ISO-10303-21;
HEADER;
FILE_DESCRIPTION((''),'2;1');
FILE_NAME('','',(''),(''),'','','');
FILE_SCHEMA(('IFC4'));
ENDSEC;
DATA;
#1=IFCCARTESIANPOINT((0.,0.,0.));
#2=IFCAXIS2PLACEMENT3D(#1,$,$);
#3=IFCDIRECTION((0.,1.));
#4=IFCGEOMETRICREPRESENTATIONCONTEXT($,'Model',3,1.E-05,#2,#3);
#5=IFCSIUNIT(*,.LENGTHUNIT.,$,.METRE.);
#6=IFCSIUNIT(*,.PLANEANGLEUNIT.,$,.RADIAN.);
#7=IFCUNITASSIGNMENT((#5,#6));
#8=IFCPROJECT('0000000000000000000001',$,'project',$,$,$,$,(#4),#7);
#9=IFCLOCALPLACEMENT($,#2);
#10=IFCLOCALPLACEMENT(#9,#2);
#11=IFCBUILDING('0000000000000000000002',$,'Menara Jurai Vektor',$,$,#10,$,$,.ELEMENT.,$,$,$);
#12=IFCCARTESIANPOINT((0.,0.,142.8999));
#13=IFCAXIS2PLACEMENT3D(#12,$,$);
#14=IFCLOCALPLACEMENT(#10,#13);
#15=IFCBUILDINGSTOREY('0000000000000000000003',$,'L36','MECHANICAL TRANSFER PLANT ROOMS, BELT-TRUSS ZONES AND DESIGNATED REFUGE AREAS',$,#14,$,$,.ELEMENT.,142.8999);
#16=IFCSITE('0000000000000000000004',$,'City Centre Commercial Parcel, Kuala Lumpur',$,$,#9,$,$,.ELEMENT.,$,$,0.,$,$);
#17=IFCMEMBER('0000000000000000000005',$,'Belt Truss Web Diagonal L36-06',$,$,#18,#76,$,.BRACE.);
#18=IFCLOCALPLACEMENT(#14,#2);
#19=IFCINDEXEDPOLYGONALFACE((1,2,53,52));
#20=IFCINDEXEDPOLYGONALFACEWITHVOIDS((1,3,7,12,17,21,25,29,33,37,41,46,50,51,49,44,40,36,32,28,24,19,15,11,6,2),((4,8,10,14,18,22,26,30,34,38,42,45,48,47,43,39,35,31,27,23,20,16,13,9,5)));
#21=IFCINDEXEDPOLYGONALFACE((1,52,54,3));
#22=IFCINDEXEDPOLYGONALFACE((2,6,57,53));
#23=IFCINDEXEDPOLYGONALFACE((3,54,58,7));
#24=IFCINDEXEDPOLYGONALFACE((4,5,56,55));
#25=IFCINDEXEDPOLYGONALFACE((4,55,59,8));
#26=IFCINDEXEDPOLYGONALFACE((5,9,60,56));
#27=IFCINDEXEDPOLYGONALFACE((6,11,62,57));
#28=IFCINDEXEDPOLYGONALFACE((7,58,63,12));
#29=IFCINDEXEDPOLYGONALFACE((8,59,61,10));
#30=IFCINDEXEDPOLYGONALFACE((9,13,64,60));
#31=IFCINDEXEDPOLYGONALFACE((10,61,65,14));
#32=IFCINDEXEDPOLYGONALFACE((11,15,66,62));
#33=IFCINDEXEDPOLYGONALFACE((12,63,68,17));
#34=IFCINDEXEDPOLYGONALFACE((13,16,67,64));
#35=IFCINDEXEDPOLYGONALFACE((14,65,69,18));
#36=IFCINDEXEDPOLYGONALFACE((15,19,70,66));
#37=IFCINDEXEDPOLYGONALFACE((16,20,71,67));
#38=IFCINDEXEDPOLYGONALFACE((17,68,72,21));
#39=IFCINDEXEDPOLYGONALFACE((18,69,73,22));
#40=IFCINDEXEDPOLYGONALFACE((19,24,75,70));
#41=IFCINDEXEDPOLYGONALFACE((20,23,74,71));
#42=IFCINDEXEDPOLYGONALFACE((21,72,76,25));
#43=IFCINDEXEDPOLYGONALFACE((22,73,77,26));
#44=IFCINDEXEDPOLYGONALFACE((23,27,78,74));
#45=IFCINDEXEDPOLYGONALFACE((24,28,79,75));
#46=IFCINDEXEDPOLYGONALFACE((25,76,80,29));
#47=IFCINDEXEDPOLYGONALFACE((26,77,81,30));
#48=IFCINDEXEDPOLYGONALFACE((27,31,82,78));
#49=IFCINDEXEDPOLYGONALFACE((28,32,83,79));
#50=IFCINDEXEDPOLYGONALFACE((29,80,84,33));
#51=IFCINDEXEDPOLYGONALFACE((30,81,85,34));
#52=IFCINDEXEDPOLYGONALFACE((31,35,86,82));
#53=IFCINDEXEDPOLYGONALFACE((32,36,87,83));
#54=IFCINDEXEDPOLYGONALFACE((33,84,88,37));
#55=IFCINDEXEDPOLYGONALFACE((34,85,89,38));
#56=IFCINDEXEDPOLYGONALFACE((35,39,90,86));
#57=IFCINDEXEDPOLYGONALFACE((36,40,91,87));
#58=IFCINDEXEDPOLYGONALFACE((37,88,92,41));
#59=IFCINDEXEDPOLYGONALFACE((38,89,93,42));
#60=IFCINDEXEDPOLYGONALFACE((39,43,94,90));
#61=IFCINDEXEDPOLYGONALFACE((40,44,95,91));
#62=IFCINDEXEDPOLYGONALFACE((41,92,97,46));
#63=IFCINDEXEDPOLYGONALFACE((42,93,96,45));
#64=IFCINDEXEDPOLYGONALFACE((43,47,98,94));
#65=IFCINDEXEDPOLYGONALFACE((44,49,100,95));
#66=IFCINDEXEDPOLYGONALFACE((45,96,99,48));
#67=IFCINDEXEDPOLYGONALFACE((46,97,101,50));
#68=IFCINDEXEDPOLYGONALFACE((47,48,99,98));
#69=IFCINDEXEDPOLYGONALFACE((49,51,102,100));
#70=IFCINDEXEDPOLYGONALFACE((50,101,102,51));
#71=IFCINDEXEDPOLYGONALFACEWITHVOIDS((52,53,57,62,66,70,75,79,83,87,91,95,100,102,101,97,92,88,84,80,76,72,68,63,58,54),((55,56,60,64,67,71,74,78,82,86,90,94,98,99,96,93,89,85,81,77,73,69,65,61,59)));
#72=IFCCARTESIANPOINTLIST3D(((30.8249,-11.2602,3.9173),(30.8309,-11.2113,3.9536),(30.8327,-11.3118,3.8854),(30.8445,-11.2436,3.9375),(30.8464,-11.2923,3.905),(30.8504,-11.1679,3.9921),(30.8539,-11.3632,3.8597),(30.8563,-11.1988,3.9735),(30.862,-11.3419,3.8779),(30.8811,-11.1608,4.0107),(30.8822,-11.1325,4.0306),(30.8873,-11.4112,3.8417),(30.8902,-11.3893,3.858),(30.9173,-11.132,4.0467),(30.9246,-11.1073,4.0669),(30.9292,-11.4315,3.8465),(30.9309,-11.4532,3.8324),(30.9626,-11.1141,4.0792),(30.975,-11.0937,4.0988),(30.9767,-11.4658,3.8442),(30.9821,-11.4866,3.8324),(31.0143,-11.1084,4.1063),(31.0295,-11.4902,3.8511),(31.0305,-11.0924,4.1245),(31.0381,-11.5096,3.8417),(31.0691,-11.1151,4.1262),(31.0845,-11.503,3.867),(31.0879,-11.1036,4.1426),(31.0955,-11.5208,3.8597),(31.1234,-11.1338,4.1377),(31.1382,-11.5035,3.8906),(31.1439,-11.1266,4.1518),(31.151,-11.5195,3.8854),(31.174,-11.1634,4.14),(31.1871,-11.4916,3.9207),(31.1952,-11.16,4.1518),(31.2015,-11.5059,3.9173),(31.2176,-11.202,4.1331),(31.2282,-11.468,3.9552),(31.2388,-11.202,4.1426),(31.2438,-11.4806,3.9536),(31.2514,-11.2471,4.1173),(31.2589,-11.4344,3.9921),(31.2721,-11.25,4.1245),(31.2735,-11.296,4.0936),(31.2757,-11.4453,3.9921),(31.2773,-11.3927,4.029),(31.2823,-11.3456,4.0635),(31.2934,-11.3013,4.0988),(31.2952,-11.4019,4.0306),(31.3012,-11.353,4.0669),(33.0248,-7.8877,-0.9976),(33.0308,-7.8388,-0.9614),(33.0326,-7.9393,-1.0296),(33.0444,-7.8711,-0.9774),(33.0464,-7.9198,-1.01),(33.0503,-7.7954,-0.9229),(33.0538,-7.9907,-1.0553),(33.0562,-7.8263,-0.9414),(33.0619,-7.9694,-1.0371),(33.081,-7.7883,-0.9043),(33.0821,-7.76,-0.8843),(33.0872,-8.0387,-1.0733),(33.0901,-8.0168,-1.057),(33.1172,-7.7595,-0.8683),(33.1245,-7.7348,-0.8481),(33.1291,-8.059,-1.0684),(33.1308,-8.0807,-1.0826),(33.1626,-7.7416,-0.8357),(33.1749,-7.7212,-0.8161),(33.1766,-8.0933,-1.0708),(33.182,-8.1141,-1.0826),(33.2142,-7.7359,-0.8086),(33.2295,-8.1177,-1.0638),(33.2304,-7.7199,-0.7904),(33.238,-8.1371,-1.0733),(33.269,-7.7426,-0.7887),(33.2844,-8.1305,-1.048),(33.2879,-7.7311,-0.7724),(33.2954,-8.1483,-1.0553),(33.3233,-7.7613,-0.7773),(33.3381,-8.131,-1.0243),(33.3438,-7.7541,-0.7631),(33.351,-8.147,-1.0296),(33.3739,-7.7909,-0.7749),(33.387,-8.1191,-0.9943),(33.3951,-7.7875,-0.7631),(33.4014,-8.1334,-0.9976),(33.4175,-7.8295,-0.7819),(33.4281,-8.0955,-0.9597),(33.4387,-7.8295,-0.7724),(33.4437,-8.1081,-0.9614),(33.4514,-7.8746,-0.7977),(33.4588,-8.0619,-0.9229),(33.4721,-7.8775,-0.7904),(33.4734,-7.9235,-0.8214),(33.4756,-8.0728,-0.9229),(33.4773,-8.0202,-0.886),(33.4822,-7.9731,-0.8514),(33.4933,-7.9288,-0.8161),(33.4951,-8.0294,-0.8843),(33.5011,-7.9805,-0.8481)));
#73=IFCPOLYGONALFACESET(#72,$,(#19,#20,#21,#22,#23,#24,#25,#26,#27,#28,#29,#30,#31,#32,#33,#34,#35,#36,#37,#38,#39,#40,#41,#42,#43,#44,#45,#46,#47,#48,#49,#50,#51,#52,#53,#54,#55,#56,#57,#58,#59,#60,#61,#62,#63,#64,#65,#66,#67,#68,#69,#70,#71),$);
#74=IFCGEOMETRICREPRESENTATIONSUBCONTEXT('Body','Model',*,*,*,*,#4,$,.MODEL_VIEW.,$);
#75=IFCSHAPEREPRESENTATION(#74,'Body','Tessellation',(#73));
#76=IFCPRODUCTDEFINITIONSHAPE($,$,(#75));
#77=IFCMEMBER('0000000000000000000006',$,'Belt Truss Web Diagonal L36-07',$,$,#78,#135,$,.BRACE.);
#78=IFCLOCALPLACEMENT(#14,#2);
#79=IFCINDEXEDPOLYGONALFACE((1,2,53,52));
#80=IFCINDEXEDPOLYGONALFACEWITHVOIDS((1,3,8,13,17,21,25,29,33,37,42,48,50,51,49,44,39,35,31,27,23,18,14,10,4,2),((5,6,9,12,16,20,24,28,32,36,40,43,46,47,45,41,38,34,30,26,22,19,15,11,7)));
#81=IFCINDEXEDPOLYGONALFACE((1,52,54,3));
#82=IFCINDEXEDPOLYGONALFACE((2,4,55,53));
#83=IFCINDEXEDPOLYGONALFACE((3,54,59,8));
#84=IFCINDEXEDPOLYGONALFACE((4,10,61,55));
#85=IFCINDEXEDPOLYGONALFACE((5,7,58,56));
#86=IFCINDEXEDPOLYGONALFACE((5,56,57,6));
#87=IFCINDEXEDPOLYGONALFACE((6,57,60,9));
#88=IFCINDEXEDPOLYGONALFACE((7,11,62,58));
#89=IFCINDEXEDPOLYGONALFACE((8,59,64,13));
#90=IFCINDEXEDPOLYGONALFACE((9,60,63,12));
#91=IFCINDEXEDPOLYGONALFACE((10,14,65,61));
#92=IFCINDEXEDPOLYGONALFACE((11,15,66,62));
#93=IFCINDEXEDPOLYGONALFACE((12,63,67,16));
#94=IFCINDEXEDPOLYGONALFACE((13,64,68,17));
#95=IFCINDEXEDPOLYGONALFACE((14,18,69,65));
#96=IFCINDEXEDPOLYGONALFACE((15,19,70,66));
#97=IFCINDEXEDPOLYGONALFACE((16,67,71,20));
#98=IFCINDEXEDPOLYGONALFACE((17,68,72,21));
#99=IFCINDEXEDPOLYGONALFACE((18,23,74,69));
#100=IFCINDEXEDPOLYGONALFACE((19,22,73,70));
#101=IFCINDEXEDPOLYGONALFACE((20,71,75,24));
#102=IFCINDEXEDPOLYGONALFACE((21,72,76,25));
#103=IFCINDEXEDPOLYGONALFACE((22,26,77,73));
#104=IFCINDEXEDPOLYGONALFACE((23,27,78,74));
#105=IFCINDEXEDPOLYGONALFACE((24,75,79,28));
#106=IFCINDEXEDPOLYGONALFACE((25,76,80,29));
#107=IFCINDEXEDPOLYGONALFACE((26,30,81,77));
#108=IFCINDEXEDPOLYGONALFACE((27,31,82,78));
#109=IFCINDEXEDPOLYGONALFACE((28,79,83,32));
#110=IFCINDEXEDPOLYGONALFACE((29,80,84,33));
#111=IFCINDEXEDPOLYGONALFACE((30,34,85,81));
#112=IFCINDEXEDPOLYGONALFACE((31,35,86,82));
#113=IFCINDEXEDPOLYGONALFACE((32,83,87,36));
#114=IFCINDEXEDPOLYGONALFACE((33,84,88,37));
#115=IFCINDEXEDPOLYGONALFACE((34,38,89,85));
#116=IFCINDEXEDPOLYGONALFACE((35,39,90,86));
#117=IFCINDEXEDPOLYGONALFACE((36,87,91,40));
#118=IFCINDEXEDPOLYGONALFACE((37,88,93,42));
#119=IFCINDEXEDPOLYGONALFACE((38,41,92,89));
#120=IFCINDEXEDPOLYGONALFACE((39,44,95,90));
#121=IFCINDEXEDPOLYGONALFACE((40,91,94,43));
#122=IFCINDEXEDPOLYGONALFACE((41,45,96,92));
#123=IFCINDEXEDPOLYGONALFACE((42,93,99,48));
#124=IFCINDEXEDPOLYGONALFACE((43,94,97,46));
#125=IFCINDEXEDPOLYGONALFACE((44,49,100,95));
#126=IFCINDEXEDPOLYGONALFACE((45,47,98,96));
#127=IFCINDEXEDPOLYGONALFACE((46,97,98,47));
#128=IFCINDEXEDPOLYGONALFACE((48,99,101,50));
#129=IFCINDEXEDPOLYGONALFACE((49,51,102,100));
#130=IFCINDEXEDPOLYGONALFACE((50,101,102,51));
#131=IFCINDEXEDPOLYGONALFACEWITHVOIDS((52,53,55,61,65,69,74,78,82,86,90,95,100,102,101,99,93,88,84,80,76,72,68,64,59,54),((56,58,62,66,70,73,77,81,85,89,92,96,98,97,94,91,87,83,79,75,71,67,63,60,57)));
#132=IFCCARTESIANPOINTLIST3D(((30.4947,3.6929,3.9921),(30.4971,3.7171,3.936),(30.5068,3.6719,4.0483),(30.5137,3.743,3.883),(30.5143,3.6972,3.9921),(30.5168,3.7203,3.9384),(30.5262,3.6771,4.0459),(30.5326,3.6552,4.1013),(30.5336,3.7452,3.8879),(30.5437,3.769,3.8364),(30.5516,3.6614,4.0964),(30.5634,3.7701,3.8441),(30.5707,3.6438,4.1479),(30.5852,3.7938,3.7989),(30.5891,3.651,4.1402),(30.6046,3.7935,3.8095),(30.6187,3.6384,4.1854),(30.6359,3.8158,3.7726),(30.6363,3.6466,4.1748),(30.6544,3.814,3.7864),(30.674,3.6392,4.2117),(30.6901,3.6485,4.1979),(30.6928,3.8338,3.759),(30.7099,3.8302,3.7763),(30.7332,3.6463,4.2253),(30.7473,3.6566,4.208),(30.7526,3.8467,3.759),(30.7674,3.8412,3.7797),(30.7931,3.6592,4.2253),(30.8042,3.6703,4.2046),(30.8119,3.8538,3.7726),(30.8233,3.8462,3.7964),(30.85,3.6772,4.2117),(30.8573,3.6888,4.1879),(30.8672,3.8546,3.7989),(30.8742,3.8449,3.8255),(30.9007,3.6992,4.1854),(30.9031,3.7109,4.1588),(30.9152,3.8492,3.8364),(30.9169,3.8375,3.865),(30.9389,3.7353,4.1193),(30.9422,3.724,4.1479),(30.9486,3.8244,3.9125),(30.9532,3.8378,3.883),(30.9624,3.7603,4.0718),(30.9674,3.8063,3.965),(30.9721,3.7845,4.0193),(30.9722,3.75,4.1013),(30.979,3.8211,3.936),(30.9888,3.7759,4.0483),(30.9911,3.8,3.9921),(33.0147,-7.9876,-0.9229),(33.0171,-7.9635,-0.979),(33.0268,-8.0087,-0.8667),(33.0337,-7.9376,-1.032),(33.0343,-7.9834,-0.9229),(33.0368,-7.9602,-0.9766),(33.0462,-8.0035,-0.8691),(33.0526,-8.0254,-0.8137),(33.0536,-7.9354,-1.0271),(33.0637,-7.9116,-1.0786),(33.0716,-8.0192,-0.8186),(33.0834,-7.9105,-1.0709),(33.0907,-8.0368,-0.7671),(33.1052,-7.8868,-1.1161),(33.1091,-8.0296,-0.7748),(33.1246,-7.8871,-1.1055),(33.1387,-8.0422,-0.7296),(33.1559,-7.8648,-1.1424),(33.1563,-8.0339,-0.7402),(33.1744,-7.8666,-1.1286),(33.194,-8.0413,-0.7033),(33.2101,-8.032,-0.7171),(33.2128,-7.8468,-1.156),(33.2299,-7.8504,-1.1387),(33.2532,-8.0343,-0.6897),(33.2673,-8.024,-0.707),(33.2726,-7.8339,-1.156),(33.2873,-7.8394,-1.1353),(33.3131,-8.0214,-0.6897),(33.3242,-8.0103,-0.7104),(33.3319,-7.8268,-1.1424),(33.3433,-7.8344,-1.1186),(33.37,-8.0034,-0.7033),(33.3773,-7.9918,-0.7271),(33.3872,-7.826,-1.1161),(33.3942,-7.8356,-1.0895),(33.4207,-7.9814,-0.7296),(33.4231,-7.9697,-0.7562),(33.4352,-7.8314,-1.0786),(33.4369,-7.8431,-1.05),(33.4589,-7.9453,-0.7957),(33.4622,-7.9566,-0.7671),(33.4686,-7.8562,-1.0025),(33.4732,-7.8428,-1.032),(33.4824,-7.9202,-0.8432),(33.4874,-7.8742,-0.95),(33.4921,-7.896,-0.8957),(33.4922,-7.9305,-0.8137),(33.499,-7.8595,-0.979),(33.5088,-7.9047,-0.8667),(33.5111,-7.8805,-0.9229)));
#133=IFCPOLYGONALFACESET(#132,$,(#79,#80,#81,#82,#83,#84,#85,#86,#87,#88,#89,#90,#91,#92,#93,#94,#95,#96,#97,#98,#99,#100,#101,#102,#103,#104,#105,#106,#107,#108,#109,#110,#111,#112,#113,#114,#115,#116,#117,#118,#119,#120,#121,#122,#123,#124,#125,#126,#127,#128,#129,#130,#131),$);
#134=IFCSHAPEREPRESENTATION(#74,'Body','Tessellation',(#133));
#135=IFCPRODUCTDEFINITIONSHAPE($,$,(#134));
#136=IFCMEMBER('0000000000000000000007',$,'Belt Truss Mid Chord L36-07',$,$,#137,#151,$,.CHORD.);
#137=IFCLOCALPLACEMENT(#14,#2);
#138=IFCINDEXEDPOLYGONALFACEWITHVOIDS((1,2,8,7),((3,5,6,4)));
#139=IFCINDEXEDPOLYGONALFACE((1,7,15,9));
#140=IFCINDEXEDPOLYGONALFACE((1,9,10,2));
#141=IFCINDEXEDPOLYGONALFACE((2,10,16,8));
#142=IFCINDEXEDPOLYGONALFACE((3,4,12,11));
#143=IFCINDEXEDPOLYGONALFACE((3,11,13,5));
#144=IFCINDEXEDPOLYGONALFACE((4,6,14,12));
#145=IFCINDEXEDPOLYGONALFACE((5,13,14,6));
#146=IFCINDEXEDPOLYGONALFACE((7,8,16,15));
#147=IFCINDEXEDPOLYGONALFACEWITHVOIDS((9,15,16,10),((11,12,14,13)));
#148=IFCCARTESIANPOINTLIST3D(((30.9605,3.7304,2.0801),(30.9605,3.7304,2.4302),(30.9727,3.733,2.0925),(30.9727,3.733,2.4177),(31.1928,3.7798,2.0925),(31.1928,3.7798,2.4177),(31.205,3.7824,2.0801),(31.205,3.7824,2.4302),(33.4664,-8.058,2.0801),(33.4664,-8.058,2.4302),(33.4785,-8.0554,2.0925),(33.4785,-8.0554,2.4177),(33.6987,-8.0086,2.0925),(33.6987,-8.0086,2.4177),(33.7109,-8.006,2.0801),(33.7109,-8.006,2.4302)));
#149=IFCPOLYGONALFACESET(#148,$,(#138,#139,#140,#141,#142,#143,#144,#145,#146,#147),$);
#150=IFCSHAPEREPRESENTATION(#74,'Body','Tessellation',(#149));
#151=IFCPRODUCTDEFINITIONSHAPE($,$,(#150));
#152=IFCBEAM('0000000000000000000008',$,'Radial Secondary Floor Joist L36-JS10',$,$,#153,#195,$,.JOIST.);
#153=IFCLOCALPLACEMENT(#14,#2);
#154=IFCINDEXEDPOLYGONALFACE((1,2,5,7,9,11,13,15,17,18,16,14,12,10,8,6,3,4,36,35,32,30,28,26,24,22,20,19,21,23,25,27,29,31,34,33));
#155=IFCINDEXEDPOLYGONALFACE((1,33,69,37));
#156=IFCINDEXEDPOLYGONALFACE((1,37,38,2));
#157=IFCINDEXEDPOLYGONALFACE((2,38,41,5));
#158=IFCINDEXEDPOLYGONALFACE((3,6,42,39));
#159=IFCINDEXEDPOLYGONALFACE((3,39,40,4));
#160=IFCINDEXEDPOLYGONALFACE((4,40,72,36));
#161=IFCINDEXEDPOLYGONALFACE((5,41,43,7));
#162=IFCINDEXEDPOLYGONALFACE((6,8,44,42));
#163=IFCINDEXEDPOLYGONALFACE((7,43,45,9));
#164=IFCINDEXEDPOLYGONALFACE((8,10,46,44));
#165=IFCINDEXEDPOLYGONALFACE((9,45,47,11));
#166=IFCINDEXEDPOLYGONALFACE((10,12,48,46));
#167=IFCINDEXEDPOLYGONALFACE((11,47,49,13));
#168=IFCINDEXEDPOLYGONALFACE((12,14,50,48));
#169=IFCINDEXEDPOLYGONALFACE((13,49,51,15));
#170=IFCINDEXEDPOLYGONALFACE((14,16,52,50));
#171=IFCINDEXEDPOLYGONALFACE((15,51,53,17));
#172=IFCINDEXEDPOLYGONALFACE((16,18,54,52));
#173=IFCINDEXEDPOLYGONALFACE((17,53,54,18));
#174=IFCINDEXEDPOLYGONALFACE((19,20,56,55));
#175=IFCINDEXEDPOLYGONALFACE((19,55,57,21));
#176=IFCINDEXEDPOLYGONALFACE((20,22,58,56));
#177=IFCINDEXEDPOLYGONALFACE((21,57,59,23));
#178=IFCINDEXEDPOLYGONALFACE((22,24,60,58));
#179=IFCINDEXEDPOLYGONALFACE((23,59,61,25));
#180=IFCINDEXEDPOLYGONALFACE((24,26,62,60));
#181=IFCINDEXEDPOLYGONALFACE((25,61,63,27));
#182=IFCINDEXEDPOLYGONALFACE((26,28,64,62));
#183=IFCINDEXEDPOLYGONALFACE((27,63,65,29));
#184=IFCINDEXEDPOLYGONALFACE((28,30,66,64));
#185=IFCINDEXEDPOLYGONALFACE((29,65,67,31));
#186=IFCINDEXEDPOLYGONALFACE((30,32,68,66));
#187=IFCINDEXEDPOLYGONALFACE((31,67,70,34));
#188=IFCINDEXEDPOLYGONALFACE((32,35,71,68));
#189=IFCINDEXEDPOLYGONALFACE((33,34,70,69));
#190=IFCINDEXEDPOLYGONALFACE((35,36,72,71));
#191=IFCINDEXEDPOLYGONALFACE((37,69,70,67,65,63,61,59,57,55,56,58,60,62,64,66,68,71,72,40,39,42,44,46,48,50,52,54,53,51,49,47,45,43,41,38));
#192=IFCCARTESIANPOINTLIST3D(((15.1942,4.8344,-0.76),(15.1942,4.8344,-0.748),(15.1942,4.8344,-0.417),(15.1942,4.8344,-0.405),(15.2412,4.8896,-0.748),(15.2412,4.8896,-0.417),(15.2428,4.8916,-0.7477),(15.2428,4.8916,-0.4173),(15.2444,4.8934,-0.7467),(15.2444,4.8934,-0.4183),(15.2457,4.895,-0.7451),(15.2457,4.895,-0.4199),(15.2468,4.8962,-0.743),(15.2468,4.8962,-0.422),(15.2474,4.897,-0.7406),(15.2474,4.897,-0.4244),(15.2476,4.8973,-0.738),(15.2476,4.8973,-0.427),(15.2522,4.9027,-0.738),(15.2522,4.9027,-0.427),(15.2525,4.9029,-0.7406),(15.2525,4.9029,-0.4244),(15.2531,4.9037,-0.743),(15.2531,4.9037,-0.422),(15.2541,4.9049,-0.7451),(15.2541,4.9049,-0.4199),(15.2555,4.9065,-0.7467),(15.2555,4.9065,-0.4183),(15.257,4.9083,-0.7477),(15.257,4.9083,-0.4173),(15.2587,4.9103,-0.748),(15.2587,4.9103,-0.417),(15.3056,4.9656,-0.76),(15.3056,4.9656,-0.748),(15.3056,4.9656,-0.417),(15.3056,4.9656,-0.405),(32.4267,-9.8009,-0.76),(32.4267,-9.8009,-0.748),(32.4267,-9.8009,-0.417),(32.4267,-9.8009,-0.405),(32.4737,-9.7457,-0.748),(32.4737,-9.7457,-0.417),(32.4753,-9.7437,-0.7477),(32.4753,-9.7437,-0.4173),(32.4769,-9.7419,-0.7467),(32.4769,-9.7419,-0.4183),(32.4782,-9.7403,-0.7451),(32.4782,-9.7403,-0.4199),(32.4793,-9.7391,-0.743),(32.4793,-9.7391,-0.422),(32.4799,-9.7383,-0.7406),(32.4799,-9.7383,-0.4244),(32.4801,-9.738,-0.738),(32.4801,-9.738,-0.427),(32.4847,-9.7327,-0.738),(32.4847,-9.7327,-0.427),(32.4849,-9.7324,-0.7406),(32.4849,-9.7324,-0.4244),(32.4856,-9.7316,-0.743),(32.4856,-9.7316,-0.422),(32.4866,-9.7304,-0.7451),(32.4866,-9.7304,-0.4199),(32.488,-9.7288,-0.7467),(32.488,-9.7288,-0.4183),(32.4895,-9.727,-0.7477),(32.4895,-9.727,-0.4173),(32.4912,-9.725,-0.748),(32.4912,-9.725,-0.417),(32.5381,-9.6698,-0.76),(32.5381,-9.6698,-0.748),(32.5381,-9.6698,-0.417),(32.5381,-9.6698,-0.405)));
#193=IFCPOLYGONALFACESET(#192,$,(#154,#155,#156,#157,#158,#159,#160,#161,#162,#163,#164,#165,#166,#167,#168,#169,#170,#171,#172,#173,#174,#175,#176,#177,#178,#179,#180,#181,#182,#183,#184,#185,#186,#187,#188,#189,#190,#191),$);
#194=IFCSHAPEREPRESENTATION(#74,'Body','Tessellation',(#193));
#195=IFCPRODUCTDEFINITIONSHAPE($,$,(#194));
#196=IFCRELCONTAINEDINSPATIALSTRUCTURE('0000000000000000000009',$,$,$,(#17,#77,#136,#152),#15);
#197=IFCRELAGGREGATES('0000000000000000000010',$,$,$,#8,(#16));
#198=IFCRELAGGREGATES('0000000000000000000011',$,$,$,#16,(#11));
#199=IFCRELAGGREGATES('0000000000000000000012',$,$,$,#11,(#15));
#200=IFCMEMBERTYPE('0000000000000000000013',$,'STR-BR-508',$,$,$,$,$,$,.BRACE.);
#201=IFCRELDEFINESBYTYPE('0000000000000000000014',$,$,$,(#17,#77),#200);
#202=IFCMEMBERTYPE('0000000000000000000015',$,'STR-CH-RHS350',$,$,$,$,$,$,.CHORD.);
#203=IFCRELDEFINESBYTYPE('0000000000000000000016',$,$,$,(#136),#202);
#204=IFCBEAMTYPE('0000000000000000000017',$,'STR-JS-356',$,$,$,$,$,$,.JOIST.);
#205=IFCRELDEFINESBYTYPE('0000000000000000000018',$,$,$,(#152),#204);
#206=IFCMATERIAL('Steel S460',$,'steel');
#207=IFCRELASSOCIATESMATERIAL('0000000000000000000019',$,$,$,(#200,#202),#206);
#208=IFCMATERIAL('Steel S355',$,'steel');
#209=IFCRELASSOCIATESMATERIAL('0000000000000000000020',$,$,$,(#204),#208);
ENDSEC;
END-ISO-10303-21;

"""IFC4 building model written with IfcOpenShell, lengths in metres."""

from ifc_helpers import new_model, si_unit, direction, frame, origin, origin_2d, place, context, subcontext, project, spatial, hollow_rectangle, hollow_circle, i_section, extrude, material, material_profile, profile_set, type_object, element, save


model = new_model("IFC4")

# Units and contexts
model_context = context("Model", 3, precision=1e-05, world=origin(), true_north=direction((0.0, 1.0)))
body_context = subcontext(model_context, "Body", "Model", "MODEL_VIEW")
ifc_project = project(units=[si_unit("LENGTHUNIT", "METRE"), si_unit("PLANEANGLEUNIT", "RADIAN")], contexts=[model_context])

# Site, building, storey
site_placement = place(None, origin())
site = spatial("IfcSite", under=ifc_project, at=site_placement, Name="City Centre Commercial Parcel, Kuala Lumpur", CompositionType="ELEMENT", RefElevation=0.0)
building_placement = place(site_placement, origin())
building = spatial("IfcBuilding", under=site, at=building_placement, Name="Menara Jurai Vektor", CompositionType="ELEMENT")
storey_placement = place(building_placement, frame((0.0, 0.0, 142.8999)))
storey = spatial("IfcBuildingStorey", under=building, at=storey_placement, Name="L36", Description="MECHANICAL TRANSFER PLANT ROOMS, BELT-TRUSS ZONES AND DESIGNATED REFUGE AREAS", CompositionType="ELEMENT", Elevation=142.8999)

# Shared definitions
ifc_material_1 = material(Name="Steel S460", Category="steel")

# Shared definitions
ifc_material_2 = material(Name="Steel S355", Category="steel")

# Members
ifc_material_profile_1 = material_profile(ifc_material_1, hollow_circle(Radius=0.2539, WallThickness=0.02, at=origin_2d()), Name="CHS 508x20")
ifc_profile_set_1 = profile_set([ifc_material_profile_1], Name="Steel S460")
member_type_1 = type_object("IfcMemberType", Name="STR-BR-508", PredefinedType="BRACE", material=ifc_profile_set_1)
member_1_placement = place(storey_placement, frame((33.2629, -7.9341, -0.9229), z_axis=(-0.346238, -0.530789, 0.773552), x_axis=(0.837559, -0.546347, 0.0)))
element("IfcMember", 1, at=member_1_placement, inside=storey, type_object=member_type_1, Name="Belt Truss Web Diagonal L36-06", PredefinedType="BRACE", context=body_context, shape_type="SweptSolid", body=[
    extrude(hollow_circle(Radius=0.2539, WallThickness=0.02, at=origin_2d()), origin(), (0.0, 0.0, 1.0), 6.3538),
])
member_2_placement = place(storey_placement, frame((33.2629, -7.9341, -0.9229), z_axis=(-0.195036, 0.904023, 0.380399), x_axis=(-0.97751, -0.210891, 0.0)))
element("IfcMember", 2, at=member_2_placement, inside=storey, type_object=member_type_1, Name="Belt Truss Web Diagonal L36-07", PredefinedType="BRACE", context=body_context, shape_type="SweptSolid", body=[
    extrude(hollow_circle(Radius=0.2539, WallThickness=0.02, at=origin_2d()), origin(), (0.0, 0.0, 1.0), 12.9207),
])
ifc_material_profile_2 = material_profile(ifc_material_1, hollow_rectangle(XDim=0.25, YDim=0.3501, WallThickness=0.0125, at=origin_2d()), Name="RHS 350x250x12.5")
ifc_profile_set_2 = profile_set([ifc_material_profile_2], Name="Steel S460")
member_type_2 = type_object("IfcMemberType", Name="STR-CH-RHS350", PredefinedType="CHORD", material=ifc_profile_set_2)
member_3_placement = place(storey_placement, frame((33.5886, -8.032, 2.2551), z_axis=(-0.207925, 0.978145, 0.0), x_axis=(-0.978145, -0.207925, 0.0)))
element("IfcMember", 3, at=member_3_placement, inside=storey, type_object=member_type_2, Name="Belt Truss Mid Chord L36-07", PredefinedType="CHORD", context=body_context, shape_type="SweptSolid", body=[
    extrude(hollow_rectangle(XDim=0.25, YDim=0.3501, WallThickness=0.0125, at=origin_2d()), origin(), (0.0, 0.0, 1.0), 12.0518),
])

# Beam
ifc_material_profile_3 = material_profile(ifc_material_2, i_section(OverallWidth=0.1721, OverallDepth=0.355, WebThickness=0.0071, FlangeThickness=0.012, FilletRadius=0.01, at=origin_2d()), Name="UKB 356x171x51")
ifc_profile_set_3 = profile_set([ifc_material_profile_3], Name="Steel S355")
beam_type_1 = type_object("IfcBeamType", Name="STR-JS-356", PredefinedType="JOIST", material=ifc_profile_set_3)
beam_1_placement = place(storey_placement, frame((32.4824, -9.7354, -0.5825), z_axis=(-0.762208, 0.647332, 0.0), x_axis=(-0.647332, -0.762208, 0.0)))
element("IfcBeam", 4, at=beam_1_placement, inside=storey, type_object=beam_type_1, Name="Radial Secondary Floor Joist L36-JS10", PredefinedType="JOIST", context=body_context, shape_type="SweptSolid", body=[
    extrude(i_section(OverallWidth=0.1721, OverallDepth=0.355, WebThickness=0.0071, FlangeThickness=0.012, FilletRadius=0.01, at=origin_2d()), origin(), (0.0, 0.0, 1.0), 22.6086),
])

save(model, "model.ifc")
